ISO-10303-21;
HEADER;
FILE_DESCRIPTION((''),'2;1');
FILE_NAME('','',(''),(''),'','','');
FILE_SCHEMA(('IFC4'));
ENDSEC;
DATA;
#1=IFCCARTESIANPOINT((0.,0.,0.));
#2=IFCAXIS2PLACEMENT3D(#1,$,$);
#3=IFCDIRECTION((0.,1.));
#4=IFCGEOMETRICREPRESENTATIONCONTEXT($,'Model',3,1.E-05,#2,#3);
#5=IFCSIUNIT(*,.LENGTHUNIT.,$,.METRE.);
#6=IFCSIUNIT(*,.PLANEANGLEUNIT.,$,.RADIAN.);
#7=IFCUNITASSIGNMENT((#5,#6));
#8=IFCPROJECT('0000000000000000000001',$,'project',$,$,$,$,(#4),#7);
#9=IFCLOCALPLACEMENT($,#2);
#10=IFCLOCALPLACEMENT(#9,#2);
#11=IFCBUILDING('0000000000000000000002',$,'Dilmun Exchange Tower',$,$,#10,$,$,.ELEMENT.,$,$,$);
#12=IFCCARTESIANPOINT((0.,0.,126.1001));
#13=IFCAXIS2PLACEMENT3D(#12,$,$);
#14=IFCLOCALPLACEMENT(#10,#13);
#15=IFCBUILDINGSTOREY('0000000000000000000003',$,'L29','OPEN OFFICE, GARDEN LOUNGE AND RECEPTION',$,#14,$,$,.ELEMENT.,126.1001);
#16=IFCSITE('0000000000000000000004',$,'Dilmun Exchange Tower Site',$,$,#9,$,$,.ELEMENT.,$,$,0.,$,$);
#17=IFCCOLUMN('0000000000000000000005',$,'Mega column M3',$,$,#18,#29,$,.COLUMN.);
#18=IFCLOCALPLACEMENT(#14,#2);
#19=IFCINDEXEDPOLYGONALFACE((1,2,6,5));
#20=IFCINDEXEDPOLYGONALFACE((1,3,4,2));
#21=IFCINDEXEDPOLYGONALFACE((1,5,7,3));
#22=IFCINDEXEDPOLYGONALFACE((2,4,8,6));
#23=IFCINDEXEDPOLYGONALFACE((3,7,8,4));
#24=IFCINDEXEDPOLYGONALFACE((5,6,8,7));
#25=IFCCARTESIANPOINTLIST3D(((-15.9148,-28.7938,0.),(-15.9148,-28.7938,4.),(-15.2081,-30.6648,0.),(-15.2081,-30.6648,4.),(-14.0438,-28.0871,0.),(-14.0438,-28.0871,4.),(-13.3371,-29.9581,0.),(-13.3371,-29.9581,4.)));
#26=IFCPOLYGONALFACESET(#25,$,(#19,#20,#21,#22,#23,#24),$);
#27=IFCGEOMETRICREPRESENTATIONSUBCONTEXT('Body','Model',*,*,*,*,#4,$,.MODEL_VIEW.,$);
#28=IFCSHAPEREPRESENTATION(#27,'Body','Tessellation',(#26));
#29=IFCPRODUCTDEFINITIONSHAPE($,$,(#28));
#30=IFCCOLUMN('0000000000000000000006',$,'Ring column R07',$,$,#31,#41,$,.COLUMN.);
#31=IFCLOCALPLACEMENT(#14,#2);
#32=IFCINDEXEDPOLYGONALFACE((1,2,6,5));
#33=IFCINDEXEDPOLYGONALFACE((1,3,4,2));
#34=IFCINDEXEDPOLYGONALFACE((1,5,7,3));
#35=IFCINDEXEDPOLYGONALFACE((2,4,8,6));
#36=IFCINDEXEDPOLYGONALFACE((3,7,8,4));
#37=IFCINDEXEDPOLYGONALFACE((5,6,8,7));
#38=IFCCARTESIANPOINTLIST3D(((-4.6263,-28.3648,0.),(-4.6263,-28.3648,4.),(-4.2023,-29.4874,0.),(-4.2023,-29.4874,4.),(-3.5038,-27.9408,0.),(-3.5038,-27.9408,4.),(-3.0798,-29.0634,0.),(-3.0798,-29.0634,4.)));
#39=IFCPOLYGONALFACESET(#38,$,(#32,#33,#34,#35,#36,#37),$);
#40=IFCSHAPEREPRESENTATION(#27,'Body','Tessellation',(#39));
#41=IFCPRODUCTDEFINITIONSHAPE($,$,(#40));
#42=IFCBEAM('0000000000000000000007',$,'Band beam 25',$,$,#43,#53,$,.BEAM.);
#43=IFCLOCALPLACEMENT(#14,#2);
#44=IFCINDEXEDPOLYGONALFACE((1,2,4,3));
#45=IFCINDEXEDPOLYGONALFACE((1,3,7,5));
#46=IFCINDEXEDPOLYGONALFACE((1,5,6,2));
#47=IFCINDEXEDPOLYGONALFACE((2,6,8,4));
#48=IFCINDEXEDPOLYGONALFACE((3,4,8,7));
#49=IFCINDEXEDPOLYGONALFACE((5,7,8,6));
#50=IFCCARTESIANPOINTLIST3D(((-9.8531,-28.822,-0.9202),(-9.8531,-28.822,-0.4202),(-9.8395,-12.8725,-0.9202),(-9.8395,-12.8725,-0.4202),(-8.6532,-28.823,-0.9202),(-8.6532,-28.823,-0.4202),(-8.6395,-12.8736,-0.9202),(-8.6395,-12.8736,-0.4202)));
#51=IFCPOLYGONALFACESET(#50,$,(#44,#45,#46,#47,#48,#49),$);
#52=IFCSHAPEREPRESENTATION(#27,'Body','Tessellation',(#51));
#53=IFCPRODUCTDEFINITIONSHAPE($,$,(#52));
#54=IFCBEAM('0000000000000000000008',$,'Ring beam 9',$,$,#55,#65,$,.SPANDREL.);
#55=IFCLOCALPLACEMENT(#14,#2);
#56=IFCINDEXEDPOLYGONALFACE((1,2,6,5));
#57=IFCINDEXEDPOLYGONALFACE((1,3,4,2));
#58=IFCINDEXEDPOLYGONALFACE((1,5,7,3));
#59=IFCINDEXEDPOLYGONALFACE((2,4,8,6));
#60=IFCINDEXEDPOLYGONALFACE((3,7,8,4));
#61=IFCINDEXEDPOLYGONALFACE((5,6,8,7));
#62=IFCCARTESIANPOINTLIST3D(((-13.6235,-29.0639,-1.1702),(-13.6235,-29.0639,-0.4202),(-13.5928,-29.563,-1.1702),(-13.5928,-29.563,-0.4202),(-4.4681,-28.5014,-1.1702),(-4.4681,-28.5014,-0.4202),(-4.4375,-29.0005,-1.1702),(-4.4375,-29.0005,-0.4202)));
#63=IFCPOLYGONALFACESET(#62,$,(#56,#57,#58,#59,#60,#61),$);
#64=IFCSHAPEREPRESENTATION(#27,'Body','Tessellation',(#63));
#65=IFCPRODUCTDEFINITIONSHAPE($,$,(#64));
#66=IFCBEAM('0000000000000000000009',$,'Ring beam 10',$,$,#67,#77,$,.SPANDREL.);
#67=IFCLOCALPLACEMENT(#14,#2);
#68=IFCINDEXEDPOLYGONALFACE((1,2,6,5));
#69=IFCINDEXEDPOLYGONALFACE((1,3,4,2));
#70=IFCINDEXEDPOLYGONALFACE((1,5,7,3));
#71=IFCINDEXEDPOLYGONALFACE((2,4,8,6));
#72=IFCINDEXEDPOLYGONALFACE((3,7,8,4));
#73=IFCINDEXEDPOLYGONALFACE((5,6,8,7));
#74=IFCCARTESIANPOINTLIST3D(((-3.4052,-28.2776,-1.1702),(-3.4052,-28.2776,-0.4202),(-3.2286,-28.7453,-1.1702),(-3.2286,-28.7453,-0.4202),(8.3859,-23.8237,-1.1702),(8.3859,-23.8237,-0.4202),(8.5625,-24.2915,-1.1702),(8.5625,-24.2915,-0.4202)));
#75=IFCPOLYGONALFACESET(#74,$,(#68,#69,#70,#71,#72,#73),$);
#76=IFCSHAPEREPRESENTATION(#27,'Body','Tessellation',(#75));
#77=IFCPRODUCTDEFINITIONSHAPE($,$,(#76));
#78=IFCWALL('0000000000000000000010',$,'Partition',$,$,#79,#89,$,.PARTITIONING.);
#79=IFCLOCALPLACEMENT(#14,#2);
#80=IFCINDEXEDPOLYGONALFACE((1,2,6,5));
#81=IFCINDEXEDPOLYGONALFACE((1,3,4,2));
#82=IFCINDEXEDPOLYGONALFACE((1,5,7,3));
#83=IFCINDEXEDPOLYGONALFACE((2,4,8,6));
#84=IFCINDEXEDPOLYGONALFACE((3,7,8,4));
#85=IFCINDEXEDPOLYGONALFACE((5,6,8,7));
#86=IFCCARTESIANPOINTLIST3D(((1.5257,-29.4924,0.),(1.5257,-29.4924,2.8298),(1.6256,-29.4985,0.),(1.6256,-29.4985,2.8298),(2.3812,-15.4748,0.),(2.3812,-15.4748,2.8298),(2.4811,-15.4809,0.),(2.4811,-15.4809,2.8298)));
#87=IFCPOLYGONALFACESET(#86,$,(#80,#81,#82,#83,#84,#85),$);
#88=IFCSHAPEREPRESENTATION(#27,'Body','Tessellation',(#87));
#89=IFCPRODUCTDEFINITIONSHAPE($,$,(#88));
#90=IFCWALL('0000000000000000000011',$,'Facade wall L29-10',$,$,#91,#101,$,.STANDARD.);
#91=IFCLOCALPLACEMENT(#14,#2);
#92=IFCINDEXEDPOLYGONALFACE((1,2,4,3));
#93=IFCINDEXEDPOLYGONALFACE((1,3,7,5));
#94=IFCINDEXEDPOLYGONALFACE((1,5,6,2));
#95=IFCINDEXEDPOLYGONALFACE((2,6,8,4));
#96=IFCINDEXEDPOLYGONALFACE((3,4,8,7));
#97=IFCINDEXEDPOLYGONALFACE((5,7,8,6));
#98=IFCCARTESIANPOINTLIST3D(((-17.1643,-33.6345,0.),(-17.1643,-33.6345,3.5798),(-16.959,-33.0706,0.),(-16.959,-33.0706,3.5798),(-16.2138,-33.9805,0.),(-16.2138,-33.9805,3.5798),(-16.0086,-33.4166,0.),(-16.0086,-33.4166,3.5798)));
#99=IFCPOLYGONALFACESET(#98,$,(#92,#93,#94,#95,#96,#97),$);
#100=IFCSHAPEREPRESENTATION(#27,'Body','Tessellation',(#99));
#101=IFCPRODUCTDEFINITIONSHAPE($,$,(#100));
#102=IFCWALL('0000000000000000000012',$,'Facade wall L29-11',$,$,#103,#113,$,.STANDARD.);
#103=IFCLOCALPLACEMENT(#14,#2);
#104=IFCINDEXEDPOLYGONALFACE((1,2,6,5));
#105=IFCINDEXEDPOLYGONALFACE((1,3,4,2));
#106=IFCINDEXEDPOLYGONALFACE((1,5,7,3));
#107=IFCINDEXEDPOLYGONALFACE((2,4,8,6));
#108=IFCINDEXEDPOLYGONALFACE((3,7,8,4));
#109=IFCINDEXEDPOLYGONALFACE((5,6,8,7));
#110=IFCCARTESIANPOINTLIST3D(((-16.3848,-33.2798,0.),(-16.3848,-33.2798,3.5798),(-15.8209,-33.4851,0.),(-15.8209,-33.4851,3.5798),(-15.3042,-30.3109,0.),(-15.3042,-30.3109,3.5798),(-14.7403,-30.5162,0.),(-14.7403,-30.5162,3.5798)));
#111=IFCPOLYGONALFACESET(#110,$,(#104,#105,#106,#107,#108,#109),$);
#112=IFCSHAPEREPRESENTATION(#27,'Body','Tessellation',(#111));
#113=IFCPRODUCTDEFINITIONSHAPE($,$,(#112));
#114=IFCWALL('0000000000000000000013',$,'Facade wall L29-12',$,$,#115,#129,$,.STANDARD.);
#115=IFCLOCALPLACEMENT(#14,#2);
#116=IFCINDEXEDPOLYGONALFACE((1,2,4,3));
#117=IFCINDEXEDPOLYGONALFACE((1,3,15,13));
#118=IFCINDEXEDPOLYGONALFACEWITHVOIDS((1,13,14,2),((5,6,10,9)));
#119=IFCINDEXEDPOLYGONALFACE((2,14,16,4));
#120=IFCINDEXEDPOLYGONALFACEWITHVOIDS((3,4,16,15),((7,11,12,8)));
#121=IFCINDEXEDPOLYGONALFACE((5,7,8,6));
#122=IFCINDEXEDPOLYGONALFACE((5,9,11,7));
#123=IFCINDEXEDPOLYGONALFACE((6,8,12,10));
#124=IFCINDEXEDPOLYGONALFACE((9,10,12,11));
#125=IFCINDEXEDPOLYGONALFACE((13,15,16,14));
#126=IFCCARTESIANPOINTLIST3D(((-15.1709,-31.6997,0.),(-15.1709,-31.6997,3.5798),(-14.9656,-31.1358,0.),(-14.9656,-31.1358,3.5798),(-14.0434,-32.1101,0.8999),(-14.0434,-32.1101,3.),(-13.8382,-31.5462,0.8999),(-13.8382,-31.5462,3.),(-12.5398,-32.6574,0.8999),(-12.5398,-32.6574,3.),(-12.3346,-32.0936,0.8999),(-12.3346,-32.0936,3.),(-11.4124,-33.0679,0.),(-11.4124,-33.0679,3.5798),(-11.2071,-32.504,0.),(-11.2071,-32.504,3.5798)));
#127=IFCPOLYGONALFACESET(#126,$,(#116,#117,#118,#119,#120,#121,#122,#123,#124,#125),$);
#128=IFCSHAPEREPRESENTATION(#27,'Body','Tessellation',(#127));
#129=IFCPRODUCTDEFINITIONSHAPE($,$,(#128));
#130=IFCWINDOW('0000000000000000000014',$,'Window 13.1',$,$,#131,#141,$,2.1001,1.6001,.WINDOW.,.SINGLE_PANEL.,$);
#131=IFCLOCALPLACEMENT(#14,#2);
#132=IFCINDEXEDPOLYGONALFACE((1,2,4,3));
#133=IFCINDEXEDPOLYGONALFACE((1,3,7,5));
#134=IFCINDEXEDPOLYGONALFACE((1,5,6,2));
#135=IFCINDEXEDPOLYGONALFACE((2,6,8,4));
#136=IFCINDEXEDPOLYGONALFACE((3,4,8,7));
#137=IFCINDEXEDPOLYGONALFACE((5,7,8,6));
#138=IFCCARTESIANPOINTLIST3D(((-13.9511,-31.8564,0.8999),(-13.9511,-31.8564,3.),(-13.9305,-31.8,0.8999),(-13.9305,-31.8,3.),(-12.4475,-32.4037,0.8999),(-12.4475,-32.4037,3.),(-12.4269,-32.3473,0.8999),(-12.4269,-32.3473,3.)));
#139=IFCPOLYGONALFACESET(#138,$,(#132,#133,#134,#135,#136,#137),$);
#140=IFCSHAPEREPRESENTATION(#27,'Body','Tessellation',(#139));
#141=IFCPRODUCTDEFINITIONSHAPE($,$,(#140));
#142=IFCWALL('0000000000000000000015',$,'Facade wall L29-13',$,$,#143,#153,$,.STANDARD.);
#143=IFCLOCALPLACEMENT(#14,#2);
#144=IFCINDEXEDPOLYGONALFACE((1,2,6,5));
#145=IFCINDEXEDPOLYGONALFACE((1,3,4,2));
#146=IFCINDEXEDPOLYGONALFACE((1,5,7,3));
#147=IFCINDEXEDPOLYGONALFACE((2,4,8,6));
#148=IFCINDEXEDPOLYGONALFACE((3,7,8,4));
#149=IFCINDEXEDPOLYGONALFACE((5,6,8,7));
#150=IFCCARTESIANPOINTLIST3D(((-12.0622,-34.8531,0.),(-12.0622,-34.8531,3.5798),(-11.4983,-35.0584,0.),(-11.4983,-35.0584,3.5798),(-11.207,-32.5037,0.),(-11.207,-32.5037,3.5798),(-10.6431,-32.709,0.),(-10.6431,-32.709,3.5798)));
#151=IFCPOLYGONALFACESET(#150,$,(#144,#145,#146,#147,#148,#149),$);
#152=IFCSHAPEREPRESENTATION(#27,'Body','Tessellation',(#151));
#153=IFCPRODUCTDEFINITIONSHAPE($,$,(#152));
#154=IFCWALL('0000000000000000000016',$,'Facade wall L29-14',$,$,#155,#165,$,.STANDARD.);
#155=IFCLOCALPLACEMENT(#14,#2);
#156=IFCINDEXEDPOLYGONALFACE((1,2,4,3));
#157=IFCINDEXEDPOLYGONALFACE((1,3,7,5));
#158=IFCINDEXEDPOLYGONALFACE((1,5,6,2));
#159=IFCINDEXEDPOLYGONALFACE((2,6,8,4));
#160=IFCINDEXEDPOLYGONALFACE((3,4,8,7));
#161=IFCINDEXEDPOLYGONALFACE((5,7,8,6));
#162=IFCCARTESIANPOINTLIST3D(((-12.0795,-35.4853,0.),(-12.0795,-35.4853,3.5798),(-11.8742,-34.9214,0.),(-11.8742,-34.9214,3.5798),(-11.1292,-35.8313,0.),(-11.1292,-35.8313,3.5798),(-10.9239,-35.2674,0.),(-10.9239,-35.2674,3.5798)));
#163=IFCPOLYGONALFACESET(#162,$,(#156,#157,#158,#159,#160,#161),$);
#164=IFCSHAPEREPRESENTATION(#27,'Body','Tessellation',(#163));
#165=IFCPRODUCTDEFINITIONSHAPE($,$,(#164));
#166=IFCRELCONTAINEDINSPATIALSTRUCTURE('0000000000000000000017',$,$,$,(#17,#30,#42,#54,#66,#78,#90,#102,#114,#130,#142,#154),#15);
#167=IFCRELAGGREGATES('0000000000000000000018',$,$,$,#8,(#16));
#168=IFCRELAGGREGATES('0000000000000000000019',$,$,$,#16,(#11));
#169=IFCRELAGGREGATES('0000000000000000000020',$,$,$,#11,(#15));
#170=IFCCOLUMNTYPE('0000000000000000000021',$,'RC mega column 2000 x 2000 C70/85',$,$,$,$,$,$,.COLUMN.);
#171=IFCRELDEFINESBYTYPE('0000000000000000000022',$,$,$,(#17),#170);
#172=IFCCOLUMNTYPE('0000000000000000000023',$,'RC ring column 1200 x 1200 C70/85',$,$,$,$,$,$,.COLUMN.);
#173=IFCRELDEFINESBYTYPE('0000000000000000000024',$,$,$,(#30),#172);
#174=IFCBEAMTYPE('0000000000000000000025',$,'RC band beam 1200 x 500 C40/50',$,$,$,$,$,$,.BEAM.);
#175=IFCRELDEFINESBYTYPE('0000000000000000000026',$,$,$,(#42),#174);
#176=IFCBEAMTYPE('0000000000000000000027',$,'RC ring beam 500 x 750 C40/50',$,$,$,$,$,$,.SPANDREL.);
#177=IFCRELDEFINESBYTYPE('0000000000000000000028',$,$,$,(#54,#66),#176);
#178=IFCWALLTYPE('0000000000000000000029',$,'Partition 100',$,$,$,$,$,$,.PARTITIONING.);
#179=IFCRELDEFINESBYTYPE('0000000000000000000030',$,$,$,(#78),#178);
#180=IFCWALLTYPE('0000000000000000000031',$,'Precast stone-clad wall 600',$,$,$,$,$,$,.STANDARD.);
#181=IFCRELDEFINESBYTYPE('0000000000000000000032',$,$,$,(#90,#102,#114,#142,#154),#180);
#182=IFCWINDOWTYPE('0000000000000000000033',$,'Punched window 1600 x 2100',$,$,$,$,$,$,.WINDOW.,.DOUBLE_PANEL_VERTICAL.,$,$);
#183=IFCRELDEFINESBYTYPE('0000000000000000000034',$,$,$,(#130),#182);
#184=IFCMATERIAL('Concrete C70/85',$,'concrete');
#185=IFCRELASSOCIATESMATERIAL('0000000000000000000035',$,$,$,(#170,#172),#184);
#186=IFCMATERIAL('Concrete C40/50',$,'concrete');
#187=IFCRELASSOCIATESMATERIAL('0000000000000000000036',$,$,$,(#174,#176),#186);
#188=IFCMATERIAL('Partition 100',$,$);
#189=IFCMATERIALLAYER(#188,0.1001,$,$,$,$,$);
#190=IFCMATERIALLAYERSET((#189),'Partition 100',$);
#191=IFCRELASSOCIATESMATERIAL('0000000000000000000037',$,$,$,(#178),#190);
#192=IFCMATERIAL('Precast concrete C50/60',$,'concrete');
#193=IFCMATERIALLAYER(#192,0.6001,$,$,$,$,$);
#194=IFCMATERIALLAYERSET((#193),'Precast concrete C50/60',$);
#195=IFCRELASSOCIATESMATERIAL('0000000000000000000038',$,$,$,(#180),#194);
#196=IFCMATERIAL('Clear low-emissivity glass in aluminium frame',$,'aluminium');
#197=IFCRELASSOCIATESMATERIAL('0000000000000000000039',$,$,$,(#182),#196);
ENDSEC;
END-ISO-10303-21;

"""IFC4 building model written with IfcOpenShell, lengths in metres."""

from ifc_helpers import new_model, si_unit, direction, frame, frame_2d, origin, origin_2d, place, context, subcontext, project, spatial, rectangle, extrude, material, layer, layer_set, material_profile, profile_set, type_object, element, fill, save


model = new_model("IFC4")

# Units and contexts
model_context = context("Model", 3, precision=1e-05, world=origin(), true_north=direction((0.0, 1.0)))
body_context = subcontext(model_context, "Body", "Model", "MODEL_VIEW")
ifc_project = project(units=[si_unit("LENGTHUNIT", "METRE"), si_unit("PLANEANGLEUNIT", "RADIAN")], contexts=[model_context])

# Site, building, storey
site_placement = place(None, origin())
site = spatial("IfcSite", under=ifc_project, at=site_placement, Name="Dilmun Exchange Tower Site", CompositionType="ELEMENT", RefElevation=0.0)
building_placement = place(site_placement, origin())
building = spatial("IfcBuilding", under=site, at=building_placement, Name="Dilmun Exchange Tower", CompositionType="ELEMENT")
storey_placement = place(building_placement, frame((0.0, 0.0, 126.1001)))
storey = spatial("IfcBuildingStorey", under=building, at=storey_placement, Name="L29", Description="OPEN OFFICE, GARDEN LOUNGE AND RECEPTION", CompositionType="ELEMENT", Elevation=126.1001)

# Columns
ifc_material_1 = material(Name="Concrete C70/85", Category="concrete")
ifc_material_profile_1 = material_profile(ifc_material_1, rectangle(XDim=2.0, YDim=2.0, at=origin_2d()), Name="2000 x 2000")
ifc_profile_set_1 = profile_set([ifc_material_profile_1], Name="Concrete C70/85")
column_type_1 = type_object("IfcColumnType", Name="RC mega column 2000 x 2000 C70/85", PredefinedType="COLUMN", material=ifc_profile_set_1)
column_1_placement = place(storey_placement, frame((-14.626, -29.376, 0.0), z_axis=(0.0, 0.0, 1.0), x_axis=(0.935492, 0.353349, 0.0)))
element("IfcColumn", 1, at=column_1_placement, inside=storey, type_object=column_type_1, Name="Mega column M3", PredefinedType="COLUMN", context=body_context, shape_type="SweptSolid", body=[
    extrude(rectangle(XDim=2.0, YDim=2.0, at=origin_2d()), origin(), (0.0, 0.0, 1.0), 4.0),
])
ifc_material_profile_2 = material_profile(ifc_material_1, rectangle(XDim=1.2, YDim=1.2, at=origin_2d()), Name="1200 x 1200")
ifc_profile_set_2 = profile_set([ifc_material_profile_2], Name="Concrete C70/85")
column_type_2 = type_object("IfcColumnType", Name="RC ring column 1200 x 1200 C70/85", PredefinedType="COLUMN", material=ifc_profile_set_2)
column_2_placement = place(storey_placement, frame((-3.853, -28.7141, 0.0), z_axis=(0.0, 0.0, 1.0), x_axis=(0.935492, 0.353349, 0.0)))
element("IfcColumn", 2, at=column_2_placement, inside=storey, type_object=column_type_2, Name="Ring column R07", PredefinedType="COLUMN", context=body_context, shape_type="SweptSolid", body=[
    extrude(rectangle(XDim=1.2, YDim=1.2, at=origin_2d()), origin(), (0.0, 0.0, 1.0), 4.0),
])

# Beams
ifc_material_2 = material(Name="Concrete C40/50", Category="concrete")
ifc_material_profile_3 = material_profile(ifc_material_2, rectangle(XDim=1.2, YDim=0.5, at=origin_2d()), Name="1200 x 500")
ifc_profile_set_3 = profile_set([ifc_material_profile_3], Name="Concrete C40/50")
beam_type_1 = type_object("IfcBeamType", Name="RC band beam 1200 x 500 C40/50", PredefinedType="BEAM", material=ifc_profile_set_3)
beam_1_placement = place(storey_placement, frame((-9.2532, -28.8225, -0.6702), z_axis=(0.000857, 1.0, 0.0), x_axis=(-1.0, 0.000857, 0.0)))
element("IfcBeam", 3, at=beam_1_placement, inside=storey, type_object=beam_type_1, Name="Band beam 25", PredefinedType="BEAM", context=body_context, shape_type="SweptSolid", body=[
    extrude(rectangle(XDim=1.2, YDim=0.5, at=origin_2d()), origin(), (0.0, 0.0, 1.0), 15.9495),
])
ifc_material_profile_4 = material_profile(ifc_material_2, rectangle(XDim=0.5, YDim=0.75, at=origin_2d()), Name="500 x 750")
ifc_profile_set_4 = profile_set([ifc_material_profile_4], Name="Concrete C40/50")
beam_type_2 = type_object("IfcBeamType", Name="RC ring beam 500 x 750 C40/50", PredefinedType="SPANDREL", material=ifc_profile_set_4)
beam_2_placement = place(storey_placement, frame((-13.6082, -29.3135, -0.7952), z_axis=(0.998118, 0.061324, 0.0), x_axis=(-0.061324, 0.998118, 0.0)))
element("IfcBeam", 4, at=beam_2_placement, inside=storey, type_object=beam_type_2, Name="Ring beam 9", PredefinedType="SPANDREL", context=body_context, shape_type="SweptSolid", body=[
    extrude(rectangle(XDim=0.5, YDim=0.75, at=origin_2d()), origin(), (0.0, 0.0, 1.0), 9.1726),
])
beam_3_placement = place(storey_placement, frame((-3.3169, -28.5115, -0.7952), z_axis=(0.935486, 0.353364, 0.0), x_axis=(-0.353364, 0.935486, 0.0)))
element("IfcBeam", 5, at=beam_3_placement, inside=storey, type_object=beam_type_2, Name="Ring beam 10", PredefinedType="SPANDREL", context=body_context, shape_type="SweptSolid", body=[
    extrude(rectangle(XDim=0.5, YDim=0.75, at=origin_2d()), origin(), (0.0, 0.0, 1.0), 12.6042),
])

# Walls
ifc_material_3 = material(Name="Partition 100")
ifc_layer_1 = layer(ifc_material_3, 0.1001)
ifc_layer_set_1 = layer_set([ifc_layer_1], Name="Partition 100")
wall_type_1 = type_object("IfcWallType", Name="Partition 100", PredefinedType="PARTITIONING", material=ifc_layer_set_1)
wall_1_placement = place(storey_placement, frame((1.5757, -29.4956, 0.0), z_axis=(0.0, 0.0, 1.0), x_axis=(0.060915, 0.998143, 0.0)))
element("IfcWall", 6, at=wall_1_placement, inside=storey, type_object=wall_type_1, Name="Partition", PredefinedType="PARTITIONING", context=body_context, shape_type="SweptSolid", body=[
    extrude(rectangle(XDim=14.0437, YDim=0.1001, at=frame_2d((7.022, 0.0))), origin(), (0.0, 0.0, 1.0), 2.8298),
])
ifc_material_4 = material(Name="Precast concrete C50/60", Category="concrete")
ifc_layer_2 = layer(ifc_material_4, 0.6001)
ifc_layer_set_2 = layer_set([ifc_layer_2], Name="Precast concrete C50/60")
wall_type_2 = type_object("IfcWallType", Name="Precast stone-clad wall 600", PredefinedType="STANDARD", material=ifc_layer_set_2)
wall_2_placement = place(storey_placement, frame((-17.0618, -33.3525, 0.0), z_axis=(0.0, 0.0, 1.0), x_axis=(0.939688, -0.342034, 0.0)))
element("IfcWall", 7, at=wall_2_placement, inside=storey, type_object=wall_type_2, Name="Facade wall L29-10", PredefinedType="STANDARD", context=body_context, shape_type="SweptSolid", body=[
    extrude(rectangle(XDim=1.0115, YDim=0.6001, at=frame_2d((0.5059, 0.0))), origin(), (0.0, 0.0, 1.0), 3.5798),
])
wall_3_placement = place(storey_placement, frame((-16.1028, -33.3823, 0.0), z_axis=(0.0, 0.0, 1.0), x_axis=(0.342004, 0.939699, 0.0)))
element("IfcWall", 8, at=wall_3_placement, inside=storey, type_object=wall_type_2, Name="Facade wall L29-11", PredefinedType="STANDARD", context=body_context, shape_type="SweptSolid", body=[
    extrude(rectangle(XDim=3.1594, YDim=0.6001, at=frame_2d((1.5796, 0.0))), origin(), (0.0, 0.0, 1.0), 3.5798),
])

# Wall, opening, window
wall_4_placement = place(storey_placement, frame((-15.0684, -31.4177, 0.0), z_axis=(0.0, 0.0, 1.0), x_axis=(0.939679, -0.342057, 0.0)))
wall_4 = element("IfcWall", 9, at=wall_4_placement, inside=storey, type_object=wall_type_2, Name="Facade wall L29-12", PredefinedType="STANDARD", context=body_context, shape_type="SweptSolid", body=[
    extrude(rectangle(XDim=3.9998, YDim=0.6001, at=frame_2d((2.0, 0.0))), origin(), (0.0, 0.0, 1.0), 3.5798),
])
opening_1_placement = place(wall_4_placement, frame((1.2, 0.0, 0.8999)))
opening_1 = element("IfcOpeningElement", 10, at=opening_1_placement, cuts=wall_4, PredefinedType="OPENING", context=body_context, shape_type="SweptSolid", body=[
    extrude(rectangle(XDim=1.6001, YDim=2.1001, at=frame_2d((0.8, 1.05))), frame((0.0, 0.3101, 0.0), z_axis=(0.0, -1.0, 0.0), x_axis=(1.0, 0.0, 0.0)), (0.0, 0.0, 1.0), 0.6201),
])
ifc_material_5 = material(Name="Clear low-emissivity glass in aluminium frame", Category="aluminium")
window_type_1 = type_object("IfcWindowType", Name="Punched window 1600 x 2100", PartitioningType="DOUBLE_PANEL_VERTICAL", PredefinedType="WINDOW", material=ifc_material_5)
window_1_placement = place(opening_1_placement, origin())
window_1 = element("IfcWindow", 11, at=window_1_placement, inside=storey, type_object=window_type_1, Name="Window 13.1", OverallHeight=2.1001, OverallWidth=1.6001, PartitioningType="SINGLE_PANEL", PredefinedType="WINDOW", context=body_context, shape_type="SweptSolid", body=[
    extrude(rectangle(XDim=1.6001, YDim=2.1001, at=frame_2d((0.8, 1.05))), frame((0.0, 0.03, 0.0), z_axis=(0.0, -1.0, 0.0), x_axis=(1.0, 0.0, 0.0)), (0.0, 0.0, 1.0), 0.0601),
])
fill(opening_1, window_1)

# Walls
wall_5_placement = place(storey_placement, frame((-10.925, -32.6064, 0.0), z_axis=(0.0, 0.0, 1.0), x_axis=(-0.342065, -0.939676, 0.0)))
element("IfcWall", 12, at=wall_5_placement, inside=storey, type_object=wall_type_2, Name="Facade wall L29-13", PredefinedType="STANDARD", context=body_context, shape_type="SweptSolid", body=[
    extrude(rectangle(XDim=2.5002, YDim=0.6001, at=frame_2d((1.25, 0.0))), origin(), (0.0, 0.0, 1.0), 3.5798),
])
wall_6_placement = place(storey_placement, frame((-11.9768, -35.2034, 0.0), z_axis=(0.0, 0.0, 1.0), x_axis=(0.939659, -0.342111, 0.0)))
element("IfcWall", 13, at=wall_6_placement, inside=storey, type_object=wall_type_2, Name="Facade wall L29-14", PredefinedType="STANDARD", context=body_context, shape_type="SweptSolid", body=[
    extrude(rectangle(XDim=1.0112, YDim=0.6001, at=frame_2d((0.5056, 0.0))), origin(), (0.0, 0.0, 1.0), 3.5798),
])

save(model, "model.ifc")
